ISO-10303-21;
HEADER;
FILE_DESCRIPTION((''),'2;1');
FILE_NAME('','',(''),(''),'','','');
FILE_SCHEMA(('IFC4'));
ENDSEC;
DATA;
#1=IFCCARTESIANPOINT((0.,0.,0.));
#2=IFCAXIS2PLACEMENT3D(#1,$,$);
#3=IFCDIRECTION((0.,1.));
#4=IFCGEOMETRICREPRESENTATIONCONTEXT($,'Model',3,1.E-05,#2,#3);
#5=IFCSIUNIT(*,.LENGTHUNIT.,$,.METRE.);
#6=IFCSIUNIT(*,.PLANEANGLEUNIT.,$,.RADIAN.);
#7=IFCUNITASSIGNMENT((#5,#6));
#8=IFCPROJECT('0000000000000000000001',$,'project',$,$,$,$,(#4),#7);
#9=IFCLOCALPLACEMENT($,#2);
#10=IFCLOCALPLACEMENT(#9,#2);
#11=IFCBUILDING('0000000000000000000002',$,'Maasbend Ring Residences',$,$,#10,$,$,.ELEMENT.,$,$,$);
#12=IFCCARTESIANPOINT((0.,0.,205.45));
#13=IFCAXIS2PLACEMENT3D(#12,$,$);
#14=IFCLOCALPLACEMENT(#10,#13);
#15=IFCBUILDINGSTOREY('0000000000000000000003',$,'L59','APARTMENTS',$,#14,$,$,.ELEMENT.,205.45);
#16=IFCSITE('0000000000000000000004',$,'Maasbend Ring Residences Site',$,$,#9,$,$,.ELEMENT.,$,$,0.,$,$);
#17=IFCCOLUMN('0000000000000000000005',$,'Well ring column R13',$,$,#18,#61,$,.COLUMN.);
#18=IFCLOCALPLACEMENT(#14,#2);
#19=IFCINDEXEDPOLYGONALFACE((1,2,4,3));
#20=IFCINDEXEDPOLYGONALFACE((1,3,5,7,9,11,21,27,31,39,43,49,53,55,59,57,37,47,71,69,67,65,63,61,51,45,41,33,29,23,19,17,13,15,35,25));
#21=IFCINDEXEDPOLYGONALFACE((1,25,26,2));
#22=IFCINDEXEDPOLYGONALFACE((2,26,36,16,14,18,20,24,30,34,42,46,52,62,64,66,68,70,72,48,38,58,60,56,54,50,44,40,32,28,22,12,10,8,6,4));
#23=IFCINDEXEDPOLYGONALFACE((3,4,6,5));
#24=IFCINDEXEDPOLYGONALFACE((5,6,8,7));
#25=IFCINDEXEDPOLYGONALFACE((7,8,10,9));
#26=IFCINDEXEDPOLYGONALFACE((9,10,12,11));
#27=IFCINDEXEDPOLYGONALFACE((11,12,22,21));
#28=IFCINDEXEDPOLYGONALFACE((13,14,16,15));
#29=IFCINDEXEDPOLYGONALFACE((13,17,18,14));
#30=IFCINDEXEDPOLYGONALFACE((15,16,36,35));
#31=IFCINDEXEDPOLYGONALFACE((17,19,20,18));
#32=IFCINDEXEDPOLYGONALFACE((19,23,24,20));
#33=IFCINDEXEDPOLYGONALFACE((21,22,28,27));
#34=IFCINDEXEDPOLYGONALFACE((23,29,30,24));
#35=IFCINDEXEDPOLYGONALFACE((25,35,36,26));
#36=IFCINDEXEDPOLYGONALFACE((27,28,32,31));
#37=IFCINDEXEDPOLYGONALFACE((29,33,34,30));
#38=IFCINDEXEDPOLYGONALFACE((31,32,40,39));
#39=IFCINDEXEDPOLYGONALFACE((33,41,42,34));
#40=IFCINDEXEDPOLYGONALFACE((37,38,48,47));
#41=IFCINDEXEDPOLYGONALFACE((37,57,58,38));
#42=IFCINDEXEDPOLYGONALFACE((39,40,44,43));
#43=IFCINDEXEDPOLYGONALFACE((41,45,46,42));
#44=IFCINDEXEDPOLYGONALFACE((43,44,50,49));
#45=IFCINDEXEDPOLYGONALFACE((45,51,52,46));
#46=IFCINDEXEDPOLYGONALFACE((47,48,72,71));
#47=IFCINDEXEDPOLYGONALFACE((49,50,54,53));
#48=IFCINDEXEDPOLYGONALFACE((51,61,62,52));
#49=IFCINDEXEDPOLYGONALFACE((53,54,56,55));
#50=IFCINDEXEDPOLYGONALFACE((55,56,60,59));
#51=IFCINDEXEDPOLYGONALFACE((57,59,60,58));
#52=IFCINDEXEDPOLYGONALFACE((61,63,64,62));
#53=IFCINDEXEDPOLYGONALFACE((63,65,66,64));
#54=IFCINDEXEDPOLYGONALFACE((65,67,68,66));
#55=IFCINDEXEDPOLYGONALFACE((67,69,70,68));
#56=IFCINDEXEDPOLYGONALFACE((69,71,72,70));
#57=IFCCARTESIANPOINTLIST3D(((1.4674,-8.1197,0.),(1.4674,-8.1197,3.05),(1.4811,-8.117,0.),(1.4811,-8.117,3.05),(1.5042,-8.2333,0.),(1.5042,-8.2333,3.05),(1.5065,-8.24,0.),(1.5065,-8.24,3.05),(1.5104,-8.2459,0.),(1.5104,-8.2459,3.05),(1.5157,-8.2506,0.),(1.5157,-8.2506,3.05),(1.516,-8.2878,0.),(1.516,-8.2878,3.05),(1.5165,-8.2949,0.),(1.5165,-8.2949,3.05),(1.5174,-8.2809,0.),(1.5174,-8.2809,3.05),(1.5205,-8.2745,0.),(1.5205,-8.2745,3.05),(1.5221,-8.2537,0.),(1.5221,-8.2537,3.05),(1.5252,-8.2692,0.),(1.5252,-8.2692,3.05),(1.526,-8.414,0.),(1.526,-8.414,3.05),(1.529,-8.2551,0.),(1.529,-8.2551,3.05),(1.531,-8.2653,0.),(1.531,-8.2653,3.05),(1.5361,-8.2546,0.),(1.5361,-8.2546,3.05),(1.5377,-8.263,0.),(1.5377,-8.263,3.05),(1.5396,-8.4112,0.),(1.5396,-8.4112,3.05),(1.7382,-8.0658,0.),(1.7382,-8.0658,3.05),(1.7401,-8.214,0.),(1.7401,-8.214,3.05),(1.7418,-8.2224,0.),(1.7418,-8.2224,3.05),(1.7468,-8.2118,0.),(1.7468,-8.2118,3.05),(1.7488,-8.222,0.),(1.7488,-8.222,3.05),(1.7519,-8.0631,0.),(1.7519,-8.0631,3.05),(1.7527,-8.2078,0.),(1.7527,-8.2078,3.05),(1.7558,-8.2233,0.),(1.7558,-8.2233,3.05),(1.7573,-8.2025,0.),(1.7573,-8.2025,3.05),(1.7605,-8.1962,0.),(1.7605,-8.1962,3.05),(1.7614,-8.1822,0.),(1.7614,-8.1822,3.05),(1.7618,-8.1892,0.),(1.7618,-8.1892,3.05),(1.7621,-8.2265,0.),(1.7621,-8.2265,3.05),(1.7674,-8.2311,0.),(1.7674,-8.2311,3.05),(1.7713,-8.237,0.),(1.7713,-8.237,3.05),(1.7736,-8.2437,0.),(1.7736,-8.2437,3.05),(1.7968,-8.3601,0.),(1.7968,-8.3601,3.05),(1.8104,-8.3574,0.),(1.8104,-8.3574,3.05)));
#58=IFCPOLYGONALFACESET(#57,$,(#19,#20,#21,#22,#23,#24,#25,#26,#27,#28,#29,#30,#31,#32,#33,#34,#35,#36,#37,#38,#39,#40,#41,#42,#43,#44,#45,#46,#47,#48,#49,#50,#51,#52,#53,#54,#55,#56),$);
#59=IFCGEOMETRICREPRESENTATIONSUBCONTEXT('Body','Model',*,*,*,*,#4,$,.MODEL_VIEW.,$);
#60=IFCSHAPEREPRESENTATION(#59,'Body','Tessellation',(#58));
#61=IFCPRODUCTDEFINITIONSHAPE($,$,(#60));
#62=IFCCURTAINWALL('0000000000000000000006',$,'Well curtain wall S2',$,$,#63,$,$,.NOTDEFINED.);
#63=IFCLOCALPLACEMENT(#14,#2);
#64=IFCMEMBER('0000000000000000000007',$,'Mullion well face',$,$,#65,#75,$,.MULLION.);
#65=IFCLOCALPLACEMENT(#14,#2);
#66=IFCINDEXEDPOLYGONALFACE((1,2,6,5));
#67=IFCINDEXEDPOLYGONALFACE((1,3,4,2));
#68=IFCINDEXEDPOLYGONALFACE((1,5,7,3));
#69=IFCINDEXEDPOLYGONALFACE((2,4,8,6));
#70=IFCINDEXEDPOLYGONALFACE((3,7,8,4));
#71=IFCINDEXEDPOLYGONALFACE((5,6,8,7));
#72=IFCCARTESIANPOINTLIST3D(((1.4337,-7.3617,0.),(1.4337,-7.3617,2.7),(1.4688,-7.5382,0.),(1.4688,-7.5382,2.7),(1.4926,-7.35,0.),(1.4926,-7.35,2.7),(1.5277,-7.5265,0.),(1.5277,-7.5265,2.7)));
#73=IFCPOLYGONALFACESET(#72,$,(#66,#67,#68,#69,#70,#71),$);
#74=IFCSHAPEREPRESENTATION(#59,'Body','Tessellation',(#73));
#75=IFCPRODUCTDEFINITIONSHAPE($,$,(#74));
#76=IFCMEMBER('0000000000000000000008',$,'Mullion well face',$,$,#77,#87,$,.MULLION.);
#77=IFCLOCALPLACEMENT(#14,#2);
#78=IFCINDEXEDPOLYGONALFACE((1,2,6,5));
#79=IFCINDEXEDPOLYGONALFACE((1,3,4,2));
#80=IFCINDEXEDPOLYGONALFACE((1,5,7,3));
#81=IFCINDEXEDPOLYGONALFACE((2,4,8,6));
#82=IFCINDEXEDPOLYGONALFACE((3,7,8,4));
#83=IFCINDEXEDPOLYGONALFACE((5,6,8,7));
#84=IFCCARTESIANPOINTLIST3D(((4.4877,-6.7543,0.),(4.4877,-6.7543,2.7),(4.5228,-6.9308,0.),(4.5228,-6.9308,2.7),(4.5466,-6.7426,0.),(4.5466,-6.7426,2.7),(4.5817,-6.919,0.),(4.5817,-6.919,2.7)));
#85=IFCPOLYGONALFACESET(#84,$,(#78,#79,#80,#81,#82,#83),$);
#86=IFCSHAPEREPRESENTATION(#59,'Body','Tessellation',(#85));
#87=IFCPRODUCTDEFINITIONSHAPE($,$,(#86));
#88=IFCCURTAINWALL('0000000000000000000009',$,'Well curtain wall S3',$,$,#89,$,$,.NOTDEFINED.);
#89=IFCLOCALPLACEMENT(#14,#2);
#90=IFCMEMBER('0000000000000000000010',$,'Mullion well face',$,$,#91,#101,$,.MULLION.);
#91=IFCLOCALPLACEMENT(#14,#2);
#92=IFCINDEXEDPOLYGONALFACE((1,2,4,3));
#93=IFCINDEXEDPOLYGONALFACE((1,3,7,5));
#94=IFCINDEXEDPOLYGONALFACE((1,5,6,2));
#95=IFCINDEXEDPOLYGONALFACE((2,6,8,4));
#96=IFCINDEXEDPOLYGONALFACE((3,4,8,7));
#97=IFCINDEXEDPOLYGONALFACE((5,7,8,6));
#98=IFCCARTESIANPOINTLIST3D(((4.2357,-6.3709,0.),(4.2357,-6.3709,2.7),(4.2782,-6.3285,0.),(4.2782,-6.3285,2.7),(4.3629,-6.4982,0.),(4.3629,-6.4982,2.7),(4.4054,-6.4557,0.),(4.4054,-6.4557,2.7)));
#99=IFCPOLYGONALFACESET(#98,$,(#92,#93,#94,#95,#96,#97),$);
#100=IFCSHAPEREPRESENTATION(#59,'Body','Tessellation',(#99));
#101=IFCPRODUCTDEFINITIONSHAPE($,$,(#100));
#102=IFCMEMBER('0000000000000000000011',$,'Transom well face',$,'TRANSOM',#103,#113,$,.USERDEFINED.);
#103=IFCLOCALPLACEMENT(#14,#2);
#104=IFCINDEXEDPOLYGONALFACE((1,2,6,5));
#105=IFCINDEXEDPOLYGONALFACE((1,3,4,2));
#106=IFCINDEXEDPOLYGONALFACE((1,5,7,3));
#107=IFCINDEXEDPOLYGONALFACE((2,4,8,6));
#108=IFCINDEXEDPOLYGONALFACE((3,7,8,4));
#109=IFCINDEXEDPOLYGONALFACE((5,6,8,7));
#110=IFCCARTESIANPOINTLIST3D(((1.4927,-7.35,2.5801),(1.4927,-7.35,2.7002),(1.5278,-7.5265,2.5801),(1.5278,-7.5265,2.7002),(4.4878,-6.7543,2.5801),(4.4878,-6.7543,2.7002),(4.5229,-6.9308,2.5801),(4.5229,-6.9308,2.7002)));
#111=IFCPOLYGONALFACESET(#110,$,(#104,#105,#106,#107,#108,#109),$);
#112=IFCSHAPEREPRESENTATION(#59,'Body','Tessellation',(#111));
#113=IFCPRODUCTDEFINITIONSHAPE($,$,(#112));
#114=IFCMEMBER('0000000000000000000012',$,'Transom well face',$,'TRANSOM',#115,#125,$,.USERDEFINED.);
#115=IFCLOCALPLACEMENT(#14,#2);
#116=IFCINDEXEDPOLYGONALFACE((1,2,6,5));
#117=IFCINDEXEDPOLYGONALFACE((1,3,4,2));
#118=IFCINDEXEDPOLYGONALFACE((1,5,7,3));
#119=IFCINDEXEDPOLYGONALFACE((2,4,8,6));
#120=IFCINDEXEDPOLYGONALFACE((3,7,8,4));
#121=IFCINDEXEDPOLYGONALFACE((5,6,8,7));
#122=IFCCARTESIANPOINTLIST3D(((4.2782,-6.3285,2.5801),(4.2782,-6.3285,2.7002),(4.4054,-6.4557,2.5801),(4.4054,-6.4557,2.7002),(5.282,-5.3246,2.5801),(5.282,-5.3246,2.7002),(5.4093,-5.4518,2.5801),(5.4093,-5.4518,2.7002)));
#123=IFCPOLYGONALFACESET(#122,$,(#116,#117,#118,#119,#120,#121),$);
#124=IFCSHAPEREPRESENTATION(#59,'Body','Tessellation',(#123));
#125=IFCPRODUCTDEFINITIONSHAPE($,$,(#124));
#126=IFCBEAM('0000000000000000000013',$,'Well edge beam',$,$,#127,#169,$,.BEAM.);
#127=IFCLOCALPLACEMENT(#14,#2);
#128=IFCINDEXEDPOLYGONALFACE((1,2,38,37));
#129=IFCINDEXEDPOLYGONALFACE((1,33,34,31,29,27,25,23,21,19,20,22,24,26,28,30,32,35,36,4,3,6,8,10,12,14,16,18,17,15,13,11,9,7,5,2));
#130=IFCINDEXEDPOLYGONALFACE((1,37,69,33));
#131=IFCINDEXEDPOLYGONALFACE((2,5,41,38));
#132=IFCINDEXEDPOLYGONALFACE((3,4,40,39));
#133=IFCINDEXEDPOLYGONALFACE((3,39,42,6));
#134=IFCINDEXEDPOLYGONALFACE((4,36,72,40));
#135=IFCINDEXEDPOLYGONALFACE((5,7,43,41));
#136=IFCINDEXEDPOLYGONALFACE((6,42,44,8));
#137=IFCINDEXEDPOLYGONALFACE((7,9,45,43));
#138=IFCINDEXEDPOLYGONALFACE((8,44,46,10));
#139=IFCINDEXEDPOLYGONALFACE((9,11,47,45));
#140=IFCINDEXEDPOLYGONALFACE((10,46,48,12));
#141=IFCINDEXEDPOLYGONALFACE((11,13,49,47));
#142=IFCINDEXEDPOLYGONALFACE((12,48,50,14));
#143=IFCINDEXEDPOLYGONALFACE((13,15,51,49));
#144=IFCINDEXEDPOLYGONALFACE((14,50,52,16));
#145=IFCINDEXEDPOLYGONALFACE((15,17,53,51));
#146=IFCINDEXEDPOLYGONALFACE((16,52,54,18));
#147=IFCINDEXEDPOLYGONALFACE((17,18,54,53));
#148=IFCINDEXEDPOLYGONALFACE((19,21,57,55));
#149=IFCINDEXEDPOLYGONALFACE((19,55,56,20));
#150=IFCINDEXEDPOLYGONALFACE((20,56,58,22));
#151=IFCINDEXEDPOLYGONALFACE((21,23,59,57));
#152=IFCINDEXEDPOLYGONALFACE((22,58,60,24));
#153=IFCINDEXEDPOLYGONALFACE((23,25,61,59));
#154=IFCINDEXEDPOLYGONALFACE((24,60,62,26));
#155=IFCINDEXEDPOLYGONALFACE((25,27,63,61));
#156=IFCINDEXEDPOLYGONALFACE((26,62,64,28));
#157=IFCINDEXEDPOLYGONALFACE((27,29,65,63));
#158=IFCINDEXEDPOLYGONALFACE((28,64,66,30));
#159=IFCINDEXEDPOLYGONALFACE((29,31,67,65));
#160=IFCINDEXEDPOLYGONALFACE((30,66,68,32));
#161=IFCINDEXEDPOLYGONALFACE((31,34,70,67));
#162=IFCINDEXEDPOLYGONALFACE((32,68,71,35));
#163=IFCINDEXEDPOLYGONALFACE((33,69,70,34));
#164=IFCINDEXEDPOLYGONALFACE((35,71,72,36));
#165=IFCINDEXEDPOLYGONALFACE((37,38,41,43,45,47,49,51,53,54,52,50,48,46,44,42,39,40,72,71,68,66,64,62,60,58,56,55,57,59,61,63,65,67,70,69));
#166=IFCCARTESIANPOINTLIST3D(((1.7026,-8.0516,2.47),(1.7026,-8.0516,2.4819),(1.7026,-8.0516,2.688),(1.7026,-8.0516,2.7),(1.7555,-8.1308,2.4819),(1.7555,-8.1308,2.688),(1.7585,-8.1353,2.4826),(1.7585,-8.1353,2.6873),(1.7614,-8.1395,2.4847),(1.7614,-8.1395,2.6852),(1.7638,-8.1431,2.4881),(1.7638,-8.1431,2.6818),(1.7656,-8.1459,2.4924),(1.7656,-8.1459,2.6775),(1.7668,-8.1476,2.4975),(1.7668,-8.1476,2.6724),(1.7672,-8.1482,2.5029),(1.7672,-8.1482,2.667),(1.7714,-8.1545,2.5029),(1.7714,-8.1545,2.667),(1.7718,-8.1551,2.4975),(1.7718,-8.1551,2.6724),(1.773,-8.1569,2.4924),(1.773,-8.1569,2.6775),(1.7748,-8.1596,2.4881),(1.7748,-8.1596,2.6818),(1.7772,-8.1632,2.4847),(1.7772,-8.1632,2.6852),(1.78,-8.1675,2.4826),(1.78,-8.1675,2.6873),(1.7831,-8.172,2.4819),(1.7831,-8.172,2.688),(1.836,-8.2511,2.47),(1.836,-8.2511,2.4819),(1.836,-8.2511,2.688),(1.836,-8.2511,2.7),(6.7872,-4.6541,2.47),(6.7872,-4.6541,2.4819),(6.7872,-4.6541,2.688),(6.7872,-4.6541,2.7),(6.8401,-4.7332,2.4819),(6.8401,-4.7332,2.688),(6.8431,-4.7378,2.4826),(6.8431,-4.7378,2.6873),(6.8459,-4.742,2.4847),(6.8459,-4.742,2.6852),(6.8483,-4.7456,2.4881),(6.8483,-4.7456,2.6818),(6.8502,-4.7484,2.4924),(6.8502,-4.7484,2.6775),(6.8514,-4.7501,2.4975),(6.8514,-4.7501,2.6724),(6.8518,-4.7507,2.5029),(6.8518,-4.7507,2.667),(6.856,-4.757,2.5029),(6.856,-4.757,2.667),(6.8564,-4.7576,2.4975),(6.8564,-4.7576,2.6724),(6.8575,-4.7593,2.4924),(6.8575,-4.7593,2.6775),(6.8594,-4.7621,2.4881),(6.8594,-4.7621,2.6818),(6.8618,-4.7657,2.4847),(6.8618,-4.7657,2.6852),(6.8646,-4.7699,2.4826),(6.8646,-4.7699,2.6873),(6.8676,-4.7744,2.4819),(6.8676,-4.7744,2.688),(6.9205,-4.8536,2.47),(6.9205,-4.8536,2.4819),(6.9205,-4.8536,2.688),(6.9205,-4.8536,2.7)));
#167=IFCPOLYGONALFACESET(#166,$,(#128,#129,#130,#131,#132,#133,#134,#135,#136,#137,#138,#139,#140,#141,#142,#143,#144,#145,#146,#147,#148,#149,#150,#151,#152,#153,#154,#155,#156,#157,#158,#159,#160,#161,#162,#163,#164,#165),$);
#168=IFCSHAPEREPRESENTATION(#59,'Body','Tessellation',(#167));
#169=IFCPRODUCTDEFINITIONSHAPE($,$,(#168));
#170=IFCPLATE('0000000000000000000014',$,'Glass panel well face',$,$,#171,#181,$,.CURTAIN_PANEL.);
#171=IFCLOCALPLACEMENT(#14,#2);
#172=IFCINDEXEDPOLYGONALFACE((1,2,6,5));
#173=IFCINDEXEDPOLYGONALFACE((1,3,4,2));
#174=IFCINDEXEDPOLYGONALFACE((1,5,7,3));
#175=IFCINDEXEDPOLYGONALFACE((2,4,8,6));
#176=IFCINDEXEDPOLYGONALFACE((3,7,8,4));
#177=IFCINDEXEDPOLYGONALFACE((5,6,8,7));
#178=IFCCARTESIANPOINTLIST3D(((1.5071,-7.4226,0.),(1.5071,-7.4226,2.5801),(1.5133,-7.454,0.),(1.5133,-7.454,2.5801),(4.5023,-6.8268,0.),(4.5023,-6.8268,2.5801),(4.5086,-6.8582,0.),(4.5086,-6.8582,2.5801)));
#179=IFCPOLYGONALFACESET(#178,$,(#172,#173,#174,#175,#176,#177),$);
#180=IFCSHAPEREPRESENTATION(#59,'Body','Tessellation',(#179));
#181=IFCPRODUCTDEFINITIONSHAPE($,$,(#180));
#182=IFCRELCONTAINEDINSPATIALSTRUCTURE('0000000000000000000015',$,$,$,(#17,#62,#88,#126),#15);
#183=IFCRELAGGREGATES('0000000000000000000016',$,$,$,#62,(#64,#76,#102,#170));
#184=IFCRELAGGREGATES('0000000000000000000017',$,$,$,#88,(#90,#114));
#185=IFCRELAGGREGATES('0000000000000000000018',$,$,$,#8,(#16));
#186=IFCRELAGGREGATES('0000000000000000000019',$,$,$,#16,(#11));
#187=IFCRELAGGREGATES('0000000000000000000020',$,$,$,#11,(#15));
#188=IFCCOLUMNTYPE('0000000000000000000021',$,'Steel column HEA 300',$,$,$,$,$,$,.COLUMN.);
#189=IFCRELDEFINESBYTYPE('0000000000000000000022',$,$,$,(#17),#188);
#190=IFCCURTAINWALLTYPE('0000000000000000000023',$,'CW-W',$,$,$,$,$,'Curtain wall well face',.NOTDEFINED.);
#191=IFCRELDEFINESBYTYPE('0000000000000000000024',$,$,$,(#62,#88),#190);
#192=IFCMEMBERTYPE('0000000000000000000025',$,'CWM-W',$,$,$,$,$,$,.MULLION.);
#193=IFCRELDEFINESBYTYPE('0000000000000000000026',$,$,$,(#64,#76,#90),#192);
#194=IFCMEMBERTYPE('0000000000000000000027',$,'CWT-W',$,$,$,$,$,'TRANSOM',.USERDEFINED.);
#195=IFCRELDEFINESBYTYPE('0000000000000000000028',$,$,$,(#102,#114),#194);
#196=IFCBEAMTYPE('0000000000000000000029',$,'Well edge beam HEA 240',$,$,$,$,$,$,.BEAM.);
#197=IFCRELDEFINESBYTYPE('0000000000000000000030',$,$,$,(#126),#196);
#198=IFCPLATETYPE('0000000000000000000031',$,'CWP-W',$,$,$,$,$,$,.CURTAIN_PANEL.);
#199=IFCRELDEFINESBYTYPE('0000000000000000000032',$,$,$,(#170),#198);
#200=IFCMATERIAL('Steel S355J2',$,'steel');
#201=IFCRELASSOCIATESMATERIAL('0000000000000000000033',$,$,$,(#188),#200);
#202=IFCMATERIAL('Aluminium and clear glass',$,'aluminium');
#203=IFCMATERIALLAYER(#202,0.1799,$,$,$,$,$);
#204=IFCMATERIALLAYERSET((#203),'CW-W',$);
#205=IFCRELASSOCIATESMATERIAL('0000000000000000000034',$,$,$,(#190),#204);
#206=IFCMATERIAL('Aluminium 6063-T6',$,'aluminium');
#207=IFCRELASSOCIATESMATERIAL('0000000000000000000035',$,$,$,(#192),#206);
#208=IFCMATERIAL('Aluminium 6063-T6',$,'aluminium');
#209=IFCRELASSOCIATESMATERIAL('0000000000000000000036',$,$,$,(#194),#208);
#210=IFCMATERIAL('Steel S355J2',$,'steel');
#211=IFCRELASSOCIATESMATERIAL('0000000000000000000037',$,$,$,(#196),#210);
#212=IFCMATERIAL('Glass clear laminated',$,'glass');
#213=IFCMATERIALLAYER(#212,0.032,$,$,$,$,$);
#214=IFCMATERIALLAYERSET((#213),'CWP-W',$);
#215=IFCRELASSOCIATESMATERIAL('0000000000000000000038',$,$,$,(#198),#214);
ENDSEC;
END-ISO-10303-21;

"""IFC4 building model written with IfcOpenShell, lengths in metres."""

from ifc_helpers import new_model, si_unit, direction, frame, origin, origin_2d, place, context, subcontext, project, spatial, rectangle, i_section, extrude, material, layer, layer_set, material_profile, profile_set, type_object, element, aggregate, save


model = new_model("IFC4")

# Units and contexts
model_context = context("Model", 3, precision=1e-05, world=origin(), true_north=direction((0.0, 1.0)))
body_context = subcontext(model_context, "Body", "Model", "MODEL_VIEW")
ifc_project = project(units=[si_unit("LENGTHUNIT", "METRE"), si_unit("PLANEANGLEUNIT", "RADIAN")], contexts=[model_context])

# Site, building, storey
site_placement = place(None, origin())
site = spatial("IfcSite", under=ifc_project, at=site_placement, Name="Maasbend Ring Residences Site", CompositionType="ELEMENT", RefElevation=0.0)
building_placement = place(site_placement, origin())
building = spatial("IfcBuilding", under=site, at=building_placement, Name="Maasbend Ring Residences", CompositionType="ELEMENT")
storey_placement = place(building_placement, frame((0.0, 0.0, 205.45)))
storey = spatial("IfcBuildingStorey", under=building, at=storey_placement, Name="L59", Description="APARTMENTS", CompositionType="ELEMENT", Elevation=205.45)

# Column
ifc_material_1 = material(Name="Steel S355J2", Category="steel")
ifc_material_profile_1 = material_profile(ifc_material_1, i_section(OverallWidth=0.3, OverallDepth=0.29, WebThickness=0.0085, FlangeThickness=0.0139, FilletRadius=0.0271, at=origin_2d()), Name="HEA 300")
ifc_profile_set_1 = profile_set([ifc_material_profile_1], Name="Steel S355J2")
column_type = type_object("IfcColumnType", Name="Steel column HEA 300", PredefinedType="COLUMN", material=ifc_profile_set_1)
column_placement = place(storey_placement, frame((1.6389, -8.2385, 0.0), z_axis=(0.0, 0.0, 1.0), x_axis=(0.19509, -0.980785, 0.0)))
element("IfcColumn", 1, at=column_placement, inside=storey, type_object=column_type, Name="Well ring column R13", PredefinedType="COLUMN", context=body_context, shape_type="SweptSolid", body=[
    extrude(i_section(OverallWidth=0.3, OverallDepth=0.29, WebThickness=0.0085, FlangeThickness=0.0139, FilletRadius=0.0271, at=origin_2d()), origin(), (0.0, 0.0, 1.0), 3.05),
])

# Curtain wall, members
ifc_material_2 = material(Name="Aluminium and clear glass", Category="aluminium")
ifc_layer_1 = layer(ifc_material_2, 0.1799)
ifc_layer_set_1 = layer_set([ifc_layer_1], Name="CW-W")
curtain_wall_type = type_object("IfcCurtainWallType", Name="CW-W", ElementType="Curtain wall well face", PredefinedType="NOTDEFINED", material=ifc_layer_set_1)
curtain_wall_1_placement = place(storey_placement, origin())
curtain_wall_1 = element("IfcCurtainWall", 2, at=curtain_wall_1_placement, inside=storey, type_object=curtain_wall_type, Name="Well curtain wall S2", PredefinedType="NOTDEFINED")
ifc_material_3 = material(Name="Aluminium 6063-T6", Category="aluminium")
ifc_material_profile_2 = material_profile(ifc_material_3, rectangle(XDim=0.1799, YDim=0.0601, at=origin_2d()), Name="AL 180x60")
ifc_profile_set_2 = profile_set([ifc_material_profile_2], Name="Aluminium 6063-T6")
member_type_1 = type_object("IfcMemberType", Name="CWM-W", PredefinedType="MULLION", material=ifc_profile_set_2)
member_1_placement = place(storey_placement, frame((1.4807, -7.4441, 0.0), z_axis=(0.0, 0.0, 1.0), x_axis=(-0.19509, 0.980785, 0.0)))
member_1 = element("IfcMember", 3, at=member_1_placement, type_object=member_type_1, Name="Mullion well face", PredefinedType="MULLION", context=body_context, shape_type="SweptSolid", body=[
    extrude(rectangle(XDim=0.1799, YDim=0.0601, at=origin_2d()), origin(), (0.0, 0.0, 1.0), 2.7),
])
member_2_placement = place(storey_placement, frame((4.5347, -6.8367, 0.0), z_axis=(0.0, 0.0, 1.0), x_axis=(-0.19509, 0.980785, 0.0)))
member_2 = element("IfcMember", 4, at=member_2_placement, type_object=member_type_1, Name="Mullion well face", PredefinedType="MULLION", context=body_context, shape_type="SweptSolid", body=[
    extrude(rectangle(XDim=0.1799, YDim=0.0601, at=origin_2d()), origin(), (0.0, 0.0, 1.0), 2.7),
])

# Curtain wall, member
curtain_wall_2_placement = place(storey_placement, origin())
curtain_wall_2 = element("IfcCurtainWall", 5, at=curtain_wall_2_placement, inside=storey, type_object=curtain_wall_type, Name="Well curtain wall S3", PredefinedType="NOTDEFINED")
member_3_placement = place(storey_placement, frame((4.3206, -6.4133, 0.0), z_axis=(0.0, 0.0, 1.0), x_axis=(-0.707107, 0.707107, 0.0)))
member_3 = element("IfcMember", 6, at=member_3_placement, type_object=member_type_1, Name="Mullion well face", PredefinedType="MULLION", context=body_context, shape_type="SweptSolid", body=[
    extrude(rectangle(XDim=0.1799, YDim=0.0601, at=origin_2d()), origin(), (0.0, 0.0, 1.0), 2.7),
])

# Members
ifc_material_4 = material(Name="Aluminium 6063-T6", Category="aluminium")
ifc_material_profile_3 = material_profile(ifc_material_4, rectangle(XDim=0.1799, YDim=0.1201, at=origin_2d()), Name="AL 180x120")
ifc_profile_set_3 = profile_set([ifc_material_profile_3], Name="Aluminium 6063-T6")
member_type_2 = type_object("IfcMemberType", Name="CWT-W", ElementType="TRANSOM", PredefinedType="USERDEFINED", material=ifc_profile_set_3)
member_4_placement = place(storey_placement, frame((1.5103, -7.4382, 2.6401), z_axis=(0.980789, 0.195071, 0.0), x_axis=(-0.195071, 0.980789, 0.0)))
member_4 = element("IfcMember", 7, at=member_4_placement, type_object=member_type_2, Name="Transom well face", ObjectType="TRANSOM", PredefinedType="USERDEFINED", context=body_context, shape_type="SweptSolid", body=[
    extrude(rectangle(XDim=0.1799, YDim=0.1201, at=origin_2d()), origin(), (0.0, 0.0, 1.0), 3.0537),
])
member_5_placement = place(storey_placement, frame((4.3418, -6.3921, 2.6401), z_axis=(0.707107, 0.707107, 0.0), x_axis=(-0.707107, 0.707107, 0.0)))
member_5 = element("IfcMember", 8, at=member_5_placement, type_object=member_type_2, Name="Transom well face", ObjectType="TRANSOM", PredefinedType="USERDEFINED", context=body_context, shape_type="SweptSolid", body=[
    extrude(rectangle(XDim=0.1799, YDim=0.1201, at=origin_2d()), origin(), (0.0, 0.0, 1.0), 1.4197),
])

# Beam
ifc_material_5 = material(Name="Steel S355J2", Category="steel")
ifc_material_profile_4 = material_profile(ifc_material_5, i_section(OverallWidth=0.24, OverallDepth=0.23, WebThickness=0.0076, FlangeThickness=0.012, FilletRadius=0.021, at=origin_2d()), Name="HEA 240")
ifc_profile_set_4 = profile_set([ifc_material_profile_4], Name="Steel S355J2")
beam_type = type_object("IfcBeamType", Name="Well edge beam HEA 240", PredefinedType="BEAM", material=ifc_profile_set_4)
beam_placement = place(storey_placement, frame((1.7693, -8.1514, 2.585), z_axis=(0.83146, 0.555584, 0.0), x_axis=(-0.555584, 0.83146, 0.0)))
element("IfcBeam", 9, at=beam_placement, inside=storey, type_object=beam_type, Name="Well edge beam", PredefinedType="BEAM", context=body_context, shape_type="SweptSolid", body=[
    extrude(i_section(OverallWidth=0.24, OverallDepth=0.23, WebThickness=0.0076, FlangeThickness=0.012, FilletRadius=0.021, at=origin_2d()), origin(), (0.0, 0.0, 1.0), 6.1152),
])

# Plate
ifc_material_6 = material(Name="Glass clear laminated", Category="glass")
ifc_layer_2 = layer(ifc_material_6, 0.032)
ifc_layer_set_2 = layer_set([ifc_layer_2], Name="CWP-W")
plate_type = type_object("IfcPlateType", Name="CWP-W", PredefinedType="CURTAIN_PANEL", material=ifc_layer_set_2)
plate_1_placement = place(storey_placement, frame((3.0078, -7.1404, 0.0), z_axis=(0.0, 0.0, 1.0), x_axis=(0.980785, 0.19509, 0.0)))
plate_1 = element("IfcPlate", 10, at=plate_1_placement, type_object=plate_type, Name="Glass panel well face", PredefinedType="CURTAIN_PANEL", context=body_context, shape_type="SweptSolid", body=[
    extrude(rectangle(XDim=3.054, YDim=0.032, at=origin_2d()), origin(), (0.0, 0.0, 1.0), 2.5801),
])
aggregate(curtain_wall_1, [member_1, member_2, member_4, plate_1])
aggregate(curtain_wall_2, [member_3, member_5])

save(model, "model.ifc")
